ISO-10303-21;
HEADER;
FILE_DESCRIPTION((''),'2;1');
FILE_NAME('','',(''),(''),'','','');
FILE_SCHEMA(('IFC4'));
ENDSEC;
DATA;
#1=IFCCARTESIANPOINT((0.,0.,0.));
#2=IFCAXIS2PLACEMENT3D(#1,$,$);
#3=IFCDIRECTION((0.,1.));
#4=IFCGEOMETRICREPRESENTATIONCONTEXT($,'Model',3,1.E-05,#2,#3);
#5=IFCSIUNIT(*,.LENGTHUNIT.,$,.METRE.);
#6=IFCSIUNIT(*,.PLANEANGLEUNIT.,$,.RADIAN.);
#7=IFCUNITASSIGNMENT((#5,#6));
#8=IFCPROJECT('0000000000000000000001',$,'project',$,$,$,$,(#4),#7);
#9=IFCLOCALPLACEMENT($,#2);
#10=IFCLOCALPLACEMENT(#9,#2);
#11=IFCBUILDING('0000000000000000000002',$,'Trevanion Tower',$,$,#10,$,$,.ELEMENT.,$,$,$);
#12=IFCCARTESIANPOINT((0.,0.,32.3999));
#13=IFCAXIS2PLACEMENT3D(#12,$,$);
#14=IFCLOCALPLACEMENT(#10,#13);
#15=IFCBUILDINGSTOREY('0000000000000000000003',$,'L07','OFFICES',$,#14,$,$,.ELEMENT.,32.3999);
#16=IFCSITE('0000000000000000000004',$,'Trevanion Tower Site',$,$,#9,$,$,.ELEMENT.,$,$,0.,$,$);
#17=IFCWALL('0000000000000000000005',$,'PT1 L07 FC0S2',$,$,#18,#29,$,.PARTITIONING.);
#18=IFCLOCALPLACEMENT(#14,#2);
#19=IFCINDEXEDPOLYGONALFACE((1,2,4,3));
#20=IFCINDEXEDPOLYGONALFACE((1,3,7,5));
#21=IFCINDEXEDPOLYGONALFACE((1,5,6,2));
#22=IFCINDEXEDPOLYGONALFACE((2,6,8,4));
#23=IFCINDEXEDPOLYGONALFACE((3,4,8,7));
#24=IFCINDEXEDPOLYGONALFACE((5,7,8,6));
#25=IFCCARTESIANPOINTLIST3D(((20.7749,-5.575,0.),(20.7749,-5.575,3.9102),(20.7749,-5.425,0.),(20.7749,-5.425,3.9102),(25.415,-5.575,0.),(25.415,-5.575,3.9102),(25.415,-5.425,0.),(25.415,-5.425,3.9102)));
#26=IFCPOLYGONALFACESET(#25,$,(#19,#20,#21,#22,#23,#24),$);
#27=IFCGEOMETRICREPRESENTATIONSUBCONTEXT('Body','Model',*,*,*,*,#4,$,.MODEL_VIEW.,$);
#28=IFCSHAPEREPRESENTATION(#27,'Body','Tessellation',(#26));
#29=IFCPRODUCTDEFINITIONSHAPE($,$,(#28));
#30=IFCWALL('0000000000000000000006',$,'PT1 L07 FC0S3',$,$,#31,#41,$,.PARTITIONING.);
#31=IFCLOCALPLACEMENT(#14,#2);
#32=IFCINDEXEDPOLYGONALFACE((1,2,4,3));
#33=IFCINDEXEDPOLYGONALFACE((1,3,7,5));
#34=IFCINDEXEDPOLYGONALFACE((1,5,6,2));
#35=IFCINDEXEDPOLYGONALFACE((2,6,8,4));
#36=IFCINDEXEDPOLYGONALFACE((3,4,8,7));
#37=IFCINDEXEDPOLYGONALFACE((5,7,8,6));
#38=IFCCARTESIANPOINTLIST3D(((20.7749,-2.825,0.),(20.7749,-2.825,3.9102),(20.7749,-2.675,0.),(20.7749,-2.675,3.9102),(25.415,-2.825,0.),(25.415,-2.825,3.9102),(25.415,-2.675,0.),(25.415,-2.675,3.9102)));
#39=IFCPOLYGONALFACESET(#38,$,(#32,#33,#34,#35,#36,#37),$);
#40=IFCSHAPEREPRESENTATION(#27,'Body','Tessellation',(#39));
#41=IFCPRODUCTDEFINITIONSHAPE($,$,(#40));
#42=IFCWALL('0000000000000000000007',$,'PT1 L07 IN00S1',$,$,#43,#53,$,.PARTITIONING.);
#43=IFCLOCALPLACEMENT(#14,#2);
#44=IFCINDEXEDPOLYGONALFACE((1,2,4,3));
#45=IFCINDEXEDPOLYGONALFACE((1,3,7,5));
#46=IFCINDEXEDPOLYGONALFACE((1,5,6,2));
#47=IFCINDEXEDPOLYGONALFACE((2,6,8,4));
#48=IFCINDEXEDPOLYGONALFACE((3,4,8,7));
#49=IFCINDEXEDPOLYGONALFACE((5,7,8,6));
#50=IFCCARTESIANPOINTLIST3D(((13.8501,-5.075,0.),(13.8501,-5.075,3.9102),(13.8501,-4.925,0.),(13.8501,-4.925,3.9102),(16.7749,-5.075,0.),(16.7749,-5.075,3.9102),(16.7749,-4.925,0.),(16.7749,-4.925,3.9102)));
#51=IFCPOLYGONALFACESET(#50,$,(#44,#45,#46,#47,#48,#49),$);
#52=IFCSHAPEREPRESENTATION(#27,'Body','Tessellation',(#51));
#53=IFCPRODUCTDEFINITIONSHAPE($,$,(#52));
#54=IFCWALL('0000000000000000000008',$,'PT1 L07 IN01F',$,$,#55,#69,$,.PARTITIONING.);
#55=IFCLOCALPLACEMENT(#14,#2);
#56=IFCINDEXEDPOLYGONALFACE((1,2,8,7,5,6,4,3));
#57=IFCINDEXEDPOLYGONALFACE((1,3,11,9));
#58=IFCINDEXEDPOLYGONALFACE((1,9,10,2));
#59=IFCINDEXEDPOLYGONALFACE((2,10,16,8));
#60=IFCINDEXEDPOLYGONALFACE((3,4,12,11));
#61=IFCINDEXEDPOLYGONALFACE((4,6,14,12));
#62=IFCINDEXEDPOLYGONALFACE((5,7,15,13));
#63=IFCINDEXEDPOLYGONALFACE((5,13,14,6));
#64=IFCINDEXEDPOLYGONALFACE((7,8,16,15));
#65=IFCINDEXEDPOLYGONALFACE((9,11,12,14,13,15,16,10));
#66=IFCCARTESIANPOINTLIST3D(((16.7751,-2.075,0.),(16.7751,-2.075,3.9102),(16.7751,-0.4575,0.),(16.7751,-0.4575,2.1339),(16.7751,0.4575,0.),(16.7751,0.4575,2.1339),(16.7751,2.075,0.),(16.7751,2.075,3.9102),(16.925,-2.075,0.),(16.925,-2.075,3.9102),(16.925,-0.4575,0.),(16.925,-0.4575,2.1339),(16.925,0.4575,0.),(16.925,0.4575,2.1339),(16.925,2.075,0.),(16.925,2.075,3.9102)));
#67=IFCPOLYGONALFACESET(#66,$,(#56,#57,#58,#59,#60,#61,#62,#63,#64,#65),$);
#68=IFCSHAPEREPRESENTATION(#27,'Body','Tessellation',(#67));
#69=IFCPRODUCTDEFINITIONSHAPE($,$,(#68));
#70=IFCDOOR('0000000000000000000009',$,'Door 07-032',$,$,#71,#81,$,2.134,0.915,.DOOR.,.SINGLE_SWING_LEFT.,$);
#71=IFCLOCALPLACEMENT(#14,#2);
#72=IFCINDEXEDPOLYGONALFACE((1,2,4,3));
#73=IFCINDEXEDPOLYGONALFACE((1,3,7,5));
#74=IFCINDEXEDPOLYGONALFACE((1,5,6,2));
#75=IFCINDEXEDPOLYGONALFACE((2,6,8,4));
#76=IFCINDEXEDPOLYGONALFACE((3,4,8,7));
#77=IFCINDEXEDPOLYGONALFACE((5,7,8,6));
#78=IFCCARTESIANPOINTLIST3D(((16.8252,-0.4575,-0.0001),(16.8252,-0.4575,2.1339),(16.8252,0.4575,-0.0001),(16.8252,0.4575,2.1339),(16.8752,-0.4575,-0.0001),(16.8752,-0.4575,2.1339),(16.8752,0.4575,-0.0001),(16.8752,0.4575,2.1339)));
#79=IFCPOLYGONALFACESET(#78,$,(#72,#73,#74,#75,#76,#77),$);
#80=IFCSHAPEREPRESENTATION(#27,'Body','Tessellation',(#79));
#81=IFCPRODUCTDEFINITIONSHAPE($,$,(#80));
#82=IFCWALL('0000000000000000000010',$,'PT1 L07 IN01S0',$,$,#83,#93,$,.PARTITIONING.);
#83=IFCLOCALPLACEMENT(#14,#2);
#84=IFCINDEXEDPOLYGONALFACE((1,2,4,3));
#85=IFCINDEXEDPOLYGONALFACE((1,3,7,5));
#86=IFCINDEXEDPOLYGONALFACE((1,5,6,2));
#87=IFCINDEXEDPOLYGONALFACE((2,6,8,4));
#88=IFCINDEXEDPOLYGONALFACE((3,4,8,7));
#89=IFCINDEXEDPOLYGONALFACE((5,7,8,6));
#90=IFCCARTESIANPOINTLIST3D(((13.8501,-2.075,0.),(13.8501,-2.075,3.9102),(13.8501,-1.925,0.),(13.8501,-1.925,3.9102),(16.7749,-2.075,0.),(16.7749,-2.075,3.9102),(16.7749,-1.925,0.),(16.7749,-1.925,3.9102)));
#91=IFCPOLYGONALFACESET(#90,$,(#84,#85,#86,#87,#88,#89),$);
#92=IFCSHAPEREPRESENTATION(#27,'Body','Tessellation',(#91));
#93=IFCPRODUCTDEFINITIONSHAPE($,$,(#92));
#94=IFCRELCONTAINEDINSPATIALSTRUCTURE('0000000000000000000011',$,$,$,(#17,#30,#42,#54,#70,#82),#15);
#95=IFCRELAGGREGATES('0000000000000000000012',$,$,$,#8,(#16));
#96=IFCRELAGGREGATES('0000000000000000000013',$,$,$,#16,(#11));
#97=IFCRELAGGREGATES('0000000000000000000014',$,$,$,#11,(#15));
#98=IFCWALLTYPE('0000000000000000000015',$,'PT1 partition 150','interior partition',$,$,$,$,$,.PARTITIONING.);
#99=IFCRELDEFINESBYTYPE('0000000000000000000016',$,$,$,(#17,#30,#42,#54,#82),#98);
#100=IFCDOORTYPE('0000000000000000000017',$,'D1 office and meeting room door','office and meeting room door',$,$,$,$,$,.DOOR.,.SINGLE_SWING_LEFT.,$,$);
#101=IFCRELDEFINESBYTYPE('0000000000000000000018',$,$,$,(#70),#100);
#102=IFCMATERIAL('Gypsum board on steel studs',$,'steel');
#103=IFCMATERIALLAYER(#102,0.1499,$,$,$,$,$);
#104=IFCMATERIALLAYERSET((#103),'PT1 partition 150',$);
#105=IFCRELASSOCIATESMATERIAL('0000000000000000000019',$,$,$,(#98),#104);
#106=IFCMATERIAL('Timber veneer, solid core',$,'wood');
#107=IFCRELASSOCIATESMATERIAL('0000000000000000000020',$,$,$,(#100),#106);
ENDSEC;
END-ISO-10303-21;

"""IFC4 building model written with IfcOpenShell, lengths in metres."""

from ifc_helpers import new_model, si_unit, direction, frame, frame_2d, origin, place, context, subcontext, project, spatial, rectangle, extrude, material, layer, layer_set, type_object, element, fill, save


model = new_model("IFC4")

# Units and contexts
model_context = context("Model", 3, precision=1e-05, world=origin(), true_north=direction((0.0, 1.0)))
body_context = subcontext(model_context, "Body", "Model", "MODEL_VIEW")
ifc_project = project(units=[si_unit("LENGTHUNIT", "METRE"), si_unit("PLANEANGLEUNIT", "RADIAN")], contexts=[model_context])

# Site, building, storey
site_placement = place(None, origin())
site = spatial("IfcSite", under=ifc_project, at=site_placement, Name="Trevanion Tower Site", CompositionType="ELEMENT", RefElevation=0.0)
building_placement = place(site_placement, origin())
building = spatial("IfcBuilding", under=site, at=building_placement, Name="Trevanion Tower", CompositionType="ELEMENT")
storey_placement = place(building_placement, frame((0.0, 0.0, 32.3999)))
storey = spatial("IfcBuildingStorey", under=building, at=storey_placement, Name="L07", Description="OFFICES", CompositionType="ELEMENT", Elevation=32.3999)

# Walls
ifc_material_1 = material(Name="Gypsum board on steel studs", Category="steel")
ifc_layer_1 = layer(ifc_material_1, 0.1499)
ifc_layer_set_1 = layer_set([ifc_layer_1], Name="PT1 partition 150")
wall_type = type_object("IfcWallType", Name="PT1 partition 150", Description="interior partition", PredefinedType="PARTITIONING", material=ifc_layer_set_1)
for number, where, z_axis, x_axis, name in (
    (1, (20.7749, -5.5, 0.0), (0.0, 0.0, 1.0), (1.0, 0.0, 0.0), "PT1 L07 FC0S2"),
    (2, (20.7749, -2.75, 0.0), (0.0, 0.0, 1.0), (1.0, 0.0, 0.0), "PT1 L07 FC0S3"),
):
    element("IfcWall", number, at=place(storey_placement, frame(where, z_axis=z_axis, x_axis=x_axis)), inside=storey, type_object=wall_type, Name=name, PredefinedType="PARTITIONING", context=body_context, shape_type="SweptSolid", body=[
        extrude(rectangle(XDim=4.6401, YDim=0.1499, at=frame_2d((2.3201, 0.0))), origin(), (0.0, 0.0, 1.0), 3.9102),
    ])
wall_1_placement = place(storey_placement, frame((16.7749, -5.0, 0.0), z_axis=(0.0, 0.0, 1.0), x_axis=(-1.0, 0.0, 0.0)))
element("IfcWall", 3, at=wall_1_placement, inside=storey, type_object=wall_type, Name="PT1 L07 IN00S1", PredefinedType="PARTITIONING", context=body_context, shape_type="SweptSolid", body=[
    extrude(rectangle(XDim=2.9248, YDim=0.1499, at=frame_2d((1.4624, 0.0))), origin(), (0.0, 0.0, 1.0), 3.9102),
])

# Wall, opening, door
wall_2_placement = place(storey_placement, frame((16.8501, -2.075, 0.0), z_axis=(0.0, 0.0, 1.0), x_axis=(0.0, 1.0, 0.0)))
wall_2 = element("IfcWall", 4, at=wall_2_placement, inside=storey, type_object=wall_type, Name="PT1 L07 IN01F", PredefinedType="PARTITIONING", context=body_context, shape_type="SweptSolid", body=[
    extrude(rectangle(XDim=4.1499, YDim=0.1499, at=frame_2d((2.075, 0.0))), origin(), (0.0, 0.0, 1.0), 3.9102),
])
opening_placement = place(wall_2_placement, frame((1.6174, 0.0, 0.0)))
opening = element("IfcOpeningElement", 5, at=opening_placement, cuts=wall_2, PredefinedType="OPENING", context=body_context, shape_type="SweptSolid", body=[
    extrude(rectangle(XDim=0.915, YDim=2.134, at=frame_2d((0.4575, 1.0669))), frame((0.0, 0.085, 0.0), z_axis=(0.0, -1.0, 0.0), x_axis=(1.0, 0.0, 0.0)), (0.0, 0.0, 1.0), 0.1699),
])
ifc_material_2 = material(Name="Timber veneer, solid core", Category="wood")
door_type = type_object("IfcDoorType", Name="D1 office and meeting room door", Description="office and meeting room door", OperationType="SINGLE_SWING_LEFT", PredefinedType="DOOR", material=ifc_material_2)
door_placement = place(opening_placement, origin())
door = element("IfcDoor", 6, at=door_placement, inside=storey, type_object=door_type, Name="Door 07-032", OperationType="SINGLE_SWING_LEFT", OverallHeight=2.134, OverallWidth=0.915, PredefinedType="DOOR", context=body_context, shape_type="SweptSolid", body=[
    extrude(rectangle(XDim=0.915, YDim=2.134, at=frame_2d((0.4575, 1.0669))), frame((0.0, 0.0249, 0.0), z_axis=(0.0, -1.0, 0.0), x_axis=(1.0, 0.0, 0.0)), (0.0, 0.0, 1.0), 0.05),
])
fill(opening, door)

# Wall
wall_3_placement = place(storey_placement, frame((16.7749, -2.0, 0.0), z_axis=(0.0, 0.0, 1.0), x_axis=(-1.0, 0.0, 0.0)))
element("IfcWall", 7, at=wall_3_placement, inside=storey, type_object=wall_type, Name="PT1 L07 IN01S0", PredefinedType="PARTITIONING", context=body_context, shape_type="SweptSolid", body=[
    extrude(rectangle(XDim=2.9248, YDim=0.1499, at=frame_2d((1.4624, 0.0))), origin(), (0.0, 0.0, 1.0), 3.9102),
])

save(model, "model.ifc")
